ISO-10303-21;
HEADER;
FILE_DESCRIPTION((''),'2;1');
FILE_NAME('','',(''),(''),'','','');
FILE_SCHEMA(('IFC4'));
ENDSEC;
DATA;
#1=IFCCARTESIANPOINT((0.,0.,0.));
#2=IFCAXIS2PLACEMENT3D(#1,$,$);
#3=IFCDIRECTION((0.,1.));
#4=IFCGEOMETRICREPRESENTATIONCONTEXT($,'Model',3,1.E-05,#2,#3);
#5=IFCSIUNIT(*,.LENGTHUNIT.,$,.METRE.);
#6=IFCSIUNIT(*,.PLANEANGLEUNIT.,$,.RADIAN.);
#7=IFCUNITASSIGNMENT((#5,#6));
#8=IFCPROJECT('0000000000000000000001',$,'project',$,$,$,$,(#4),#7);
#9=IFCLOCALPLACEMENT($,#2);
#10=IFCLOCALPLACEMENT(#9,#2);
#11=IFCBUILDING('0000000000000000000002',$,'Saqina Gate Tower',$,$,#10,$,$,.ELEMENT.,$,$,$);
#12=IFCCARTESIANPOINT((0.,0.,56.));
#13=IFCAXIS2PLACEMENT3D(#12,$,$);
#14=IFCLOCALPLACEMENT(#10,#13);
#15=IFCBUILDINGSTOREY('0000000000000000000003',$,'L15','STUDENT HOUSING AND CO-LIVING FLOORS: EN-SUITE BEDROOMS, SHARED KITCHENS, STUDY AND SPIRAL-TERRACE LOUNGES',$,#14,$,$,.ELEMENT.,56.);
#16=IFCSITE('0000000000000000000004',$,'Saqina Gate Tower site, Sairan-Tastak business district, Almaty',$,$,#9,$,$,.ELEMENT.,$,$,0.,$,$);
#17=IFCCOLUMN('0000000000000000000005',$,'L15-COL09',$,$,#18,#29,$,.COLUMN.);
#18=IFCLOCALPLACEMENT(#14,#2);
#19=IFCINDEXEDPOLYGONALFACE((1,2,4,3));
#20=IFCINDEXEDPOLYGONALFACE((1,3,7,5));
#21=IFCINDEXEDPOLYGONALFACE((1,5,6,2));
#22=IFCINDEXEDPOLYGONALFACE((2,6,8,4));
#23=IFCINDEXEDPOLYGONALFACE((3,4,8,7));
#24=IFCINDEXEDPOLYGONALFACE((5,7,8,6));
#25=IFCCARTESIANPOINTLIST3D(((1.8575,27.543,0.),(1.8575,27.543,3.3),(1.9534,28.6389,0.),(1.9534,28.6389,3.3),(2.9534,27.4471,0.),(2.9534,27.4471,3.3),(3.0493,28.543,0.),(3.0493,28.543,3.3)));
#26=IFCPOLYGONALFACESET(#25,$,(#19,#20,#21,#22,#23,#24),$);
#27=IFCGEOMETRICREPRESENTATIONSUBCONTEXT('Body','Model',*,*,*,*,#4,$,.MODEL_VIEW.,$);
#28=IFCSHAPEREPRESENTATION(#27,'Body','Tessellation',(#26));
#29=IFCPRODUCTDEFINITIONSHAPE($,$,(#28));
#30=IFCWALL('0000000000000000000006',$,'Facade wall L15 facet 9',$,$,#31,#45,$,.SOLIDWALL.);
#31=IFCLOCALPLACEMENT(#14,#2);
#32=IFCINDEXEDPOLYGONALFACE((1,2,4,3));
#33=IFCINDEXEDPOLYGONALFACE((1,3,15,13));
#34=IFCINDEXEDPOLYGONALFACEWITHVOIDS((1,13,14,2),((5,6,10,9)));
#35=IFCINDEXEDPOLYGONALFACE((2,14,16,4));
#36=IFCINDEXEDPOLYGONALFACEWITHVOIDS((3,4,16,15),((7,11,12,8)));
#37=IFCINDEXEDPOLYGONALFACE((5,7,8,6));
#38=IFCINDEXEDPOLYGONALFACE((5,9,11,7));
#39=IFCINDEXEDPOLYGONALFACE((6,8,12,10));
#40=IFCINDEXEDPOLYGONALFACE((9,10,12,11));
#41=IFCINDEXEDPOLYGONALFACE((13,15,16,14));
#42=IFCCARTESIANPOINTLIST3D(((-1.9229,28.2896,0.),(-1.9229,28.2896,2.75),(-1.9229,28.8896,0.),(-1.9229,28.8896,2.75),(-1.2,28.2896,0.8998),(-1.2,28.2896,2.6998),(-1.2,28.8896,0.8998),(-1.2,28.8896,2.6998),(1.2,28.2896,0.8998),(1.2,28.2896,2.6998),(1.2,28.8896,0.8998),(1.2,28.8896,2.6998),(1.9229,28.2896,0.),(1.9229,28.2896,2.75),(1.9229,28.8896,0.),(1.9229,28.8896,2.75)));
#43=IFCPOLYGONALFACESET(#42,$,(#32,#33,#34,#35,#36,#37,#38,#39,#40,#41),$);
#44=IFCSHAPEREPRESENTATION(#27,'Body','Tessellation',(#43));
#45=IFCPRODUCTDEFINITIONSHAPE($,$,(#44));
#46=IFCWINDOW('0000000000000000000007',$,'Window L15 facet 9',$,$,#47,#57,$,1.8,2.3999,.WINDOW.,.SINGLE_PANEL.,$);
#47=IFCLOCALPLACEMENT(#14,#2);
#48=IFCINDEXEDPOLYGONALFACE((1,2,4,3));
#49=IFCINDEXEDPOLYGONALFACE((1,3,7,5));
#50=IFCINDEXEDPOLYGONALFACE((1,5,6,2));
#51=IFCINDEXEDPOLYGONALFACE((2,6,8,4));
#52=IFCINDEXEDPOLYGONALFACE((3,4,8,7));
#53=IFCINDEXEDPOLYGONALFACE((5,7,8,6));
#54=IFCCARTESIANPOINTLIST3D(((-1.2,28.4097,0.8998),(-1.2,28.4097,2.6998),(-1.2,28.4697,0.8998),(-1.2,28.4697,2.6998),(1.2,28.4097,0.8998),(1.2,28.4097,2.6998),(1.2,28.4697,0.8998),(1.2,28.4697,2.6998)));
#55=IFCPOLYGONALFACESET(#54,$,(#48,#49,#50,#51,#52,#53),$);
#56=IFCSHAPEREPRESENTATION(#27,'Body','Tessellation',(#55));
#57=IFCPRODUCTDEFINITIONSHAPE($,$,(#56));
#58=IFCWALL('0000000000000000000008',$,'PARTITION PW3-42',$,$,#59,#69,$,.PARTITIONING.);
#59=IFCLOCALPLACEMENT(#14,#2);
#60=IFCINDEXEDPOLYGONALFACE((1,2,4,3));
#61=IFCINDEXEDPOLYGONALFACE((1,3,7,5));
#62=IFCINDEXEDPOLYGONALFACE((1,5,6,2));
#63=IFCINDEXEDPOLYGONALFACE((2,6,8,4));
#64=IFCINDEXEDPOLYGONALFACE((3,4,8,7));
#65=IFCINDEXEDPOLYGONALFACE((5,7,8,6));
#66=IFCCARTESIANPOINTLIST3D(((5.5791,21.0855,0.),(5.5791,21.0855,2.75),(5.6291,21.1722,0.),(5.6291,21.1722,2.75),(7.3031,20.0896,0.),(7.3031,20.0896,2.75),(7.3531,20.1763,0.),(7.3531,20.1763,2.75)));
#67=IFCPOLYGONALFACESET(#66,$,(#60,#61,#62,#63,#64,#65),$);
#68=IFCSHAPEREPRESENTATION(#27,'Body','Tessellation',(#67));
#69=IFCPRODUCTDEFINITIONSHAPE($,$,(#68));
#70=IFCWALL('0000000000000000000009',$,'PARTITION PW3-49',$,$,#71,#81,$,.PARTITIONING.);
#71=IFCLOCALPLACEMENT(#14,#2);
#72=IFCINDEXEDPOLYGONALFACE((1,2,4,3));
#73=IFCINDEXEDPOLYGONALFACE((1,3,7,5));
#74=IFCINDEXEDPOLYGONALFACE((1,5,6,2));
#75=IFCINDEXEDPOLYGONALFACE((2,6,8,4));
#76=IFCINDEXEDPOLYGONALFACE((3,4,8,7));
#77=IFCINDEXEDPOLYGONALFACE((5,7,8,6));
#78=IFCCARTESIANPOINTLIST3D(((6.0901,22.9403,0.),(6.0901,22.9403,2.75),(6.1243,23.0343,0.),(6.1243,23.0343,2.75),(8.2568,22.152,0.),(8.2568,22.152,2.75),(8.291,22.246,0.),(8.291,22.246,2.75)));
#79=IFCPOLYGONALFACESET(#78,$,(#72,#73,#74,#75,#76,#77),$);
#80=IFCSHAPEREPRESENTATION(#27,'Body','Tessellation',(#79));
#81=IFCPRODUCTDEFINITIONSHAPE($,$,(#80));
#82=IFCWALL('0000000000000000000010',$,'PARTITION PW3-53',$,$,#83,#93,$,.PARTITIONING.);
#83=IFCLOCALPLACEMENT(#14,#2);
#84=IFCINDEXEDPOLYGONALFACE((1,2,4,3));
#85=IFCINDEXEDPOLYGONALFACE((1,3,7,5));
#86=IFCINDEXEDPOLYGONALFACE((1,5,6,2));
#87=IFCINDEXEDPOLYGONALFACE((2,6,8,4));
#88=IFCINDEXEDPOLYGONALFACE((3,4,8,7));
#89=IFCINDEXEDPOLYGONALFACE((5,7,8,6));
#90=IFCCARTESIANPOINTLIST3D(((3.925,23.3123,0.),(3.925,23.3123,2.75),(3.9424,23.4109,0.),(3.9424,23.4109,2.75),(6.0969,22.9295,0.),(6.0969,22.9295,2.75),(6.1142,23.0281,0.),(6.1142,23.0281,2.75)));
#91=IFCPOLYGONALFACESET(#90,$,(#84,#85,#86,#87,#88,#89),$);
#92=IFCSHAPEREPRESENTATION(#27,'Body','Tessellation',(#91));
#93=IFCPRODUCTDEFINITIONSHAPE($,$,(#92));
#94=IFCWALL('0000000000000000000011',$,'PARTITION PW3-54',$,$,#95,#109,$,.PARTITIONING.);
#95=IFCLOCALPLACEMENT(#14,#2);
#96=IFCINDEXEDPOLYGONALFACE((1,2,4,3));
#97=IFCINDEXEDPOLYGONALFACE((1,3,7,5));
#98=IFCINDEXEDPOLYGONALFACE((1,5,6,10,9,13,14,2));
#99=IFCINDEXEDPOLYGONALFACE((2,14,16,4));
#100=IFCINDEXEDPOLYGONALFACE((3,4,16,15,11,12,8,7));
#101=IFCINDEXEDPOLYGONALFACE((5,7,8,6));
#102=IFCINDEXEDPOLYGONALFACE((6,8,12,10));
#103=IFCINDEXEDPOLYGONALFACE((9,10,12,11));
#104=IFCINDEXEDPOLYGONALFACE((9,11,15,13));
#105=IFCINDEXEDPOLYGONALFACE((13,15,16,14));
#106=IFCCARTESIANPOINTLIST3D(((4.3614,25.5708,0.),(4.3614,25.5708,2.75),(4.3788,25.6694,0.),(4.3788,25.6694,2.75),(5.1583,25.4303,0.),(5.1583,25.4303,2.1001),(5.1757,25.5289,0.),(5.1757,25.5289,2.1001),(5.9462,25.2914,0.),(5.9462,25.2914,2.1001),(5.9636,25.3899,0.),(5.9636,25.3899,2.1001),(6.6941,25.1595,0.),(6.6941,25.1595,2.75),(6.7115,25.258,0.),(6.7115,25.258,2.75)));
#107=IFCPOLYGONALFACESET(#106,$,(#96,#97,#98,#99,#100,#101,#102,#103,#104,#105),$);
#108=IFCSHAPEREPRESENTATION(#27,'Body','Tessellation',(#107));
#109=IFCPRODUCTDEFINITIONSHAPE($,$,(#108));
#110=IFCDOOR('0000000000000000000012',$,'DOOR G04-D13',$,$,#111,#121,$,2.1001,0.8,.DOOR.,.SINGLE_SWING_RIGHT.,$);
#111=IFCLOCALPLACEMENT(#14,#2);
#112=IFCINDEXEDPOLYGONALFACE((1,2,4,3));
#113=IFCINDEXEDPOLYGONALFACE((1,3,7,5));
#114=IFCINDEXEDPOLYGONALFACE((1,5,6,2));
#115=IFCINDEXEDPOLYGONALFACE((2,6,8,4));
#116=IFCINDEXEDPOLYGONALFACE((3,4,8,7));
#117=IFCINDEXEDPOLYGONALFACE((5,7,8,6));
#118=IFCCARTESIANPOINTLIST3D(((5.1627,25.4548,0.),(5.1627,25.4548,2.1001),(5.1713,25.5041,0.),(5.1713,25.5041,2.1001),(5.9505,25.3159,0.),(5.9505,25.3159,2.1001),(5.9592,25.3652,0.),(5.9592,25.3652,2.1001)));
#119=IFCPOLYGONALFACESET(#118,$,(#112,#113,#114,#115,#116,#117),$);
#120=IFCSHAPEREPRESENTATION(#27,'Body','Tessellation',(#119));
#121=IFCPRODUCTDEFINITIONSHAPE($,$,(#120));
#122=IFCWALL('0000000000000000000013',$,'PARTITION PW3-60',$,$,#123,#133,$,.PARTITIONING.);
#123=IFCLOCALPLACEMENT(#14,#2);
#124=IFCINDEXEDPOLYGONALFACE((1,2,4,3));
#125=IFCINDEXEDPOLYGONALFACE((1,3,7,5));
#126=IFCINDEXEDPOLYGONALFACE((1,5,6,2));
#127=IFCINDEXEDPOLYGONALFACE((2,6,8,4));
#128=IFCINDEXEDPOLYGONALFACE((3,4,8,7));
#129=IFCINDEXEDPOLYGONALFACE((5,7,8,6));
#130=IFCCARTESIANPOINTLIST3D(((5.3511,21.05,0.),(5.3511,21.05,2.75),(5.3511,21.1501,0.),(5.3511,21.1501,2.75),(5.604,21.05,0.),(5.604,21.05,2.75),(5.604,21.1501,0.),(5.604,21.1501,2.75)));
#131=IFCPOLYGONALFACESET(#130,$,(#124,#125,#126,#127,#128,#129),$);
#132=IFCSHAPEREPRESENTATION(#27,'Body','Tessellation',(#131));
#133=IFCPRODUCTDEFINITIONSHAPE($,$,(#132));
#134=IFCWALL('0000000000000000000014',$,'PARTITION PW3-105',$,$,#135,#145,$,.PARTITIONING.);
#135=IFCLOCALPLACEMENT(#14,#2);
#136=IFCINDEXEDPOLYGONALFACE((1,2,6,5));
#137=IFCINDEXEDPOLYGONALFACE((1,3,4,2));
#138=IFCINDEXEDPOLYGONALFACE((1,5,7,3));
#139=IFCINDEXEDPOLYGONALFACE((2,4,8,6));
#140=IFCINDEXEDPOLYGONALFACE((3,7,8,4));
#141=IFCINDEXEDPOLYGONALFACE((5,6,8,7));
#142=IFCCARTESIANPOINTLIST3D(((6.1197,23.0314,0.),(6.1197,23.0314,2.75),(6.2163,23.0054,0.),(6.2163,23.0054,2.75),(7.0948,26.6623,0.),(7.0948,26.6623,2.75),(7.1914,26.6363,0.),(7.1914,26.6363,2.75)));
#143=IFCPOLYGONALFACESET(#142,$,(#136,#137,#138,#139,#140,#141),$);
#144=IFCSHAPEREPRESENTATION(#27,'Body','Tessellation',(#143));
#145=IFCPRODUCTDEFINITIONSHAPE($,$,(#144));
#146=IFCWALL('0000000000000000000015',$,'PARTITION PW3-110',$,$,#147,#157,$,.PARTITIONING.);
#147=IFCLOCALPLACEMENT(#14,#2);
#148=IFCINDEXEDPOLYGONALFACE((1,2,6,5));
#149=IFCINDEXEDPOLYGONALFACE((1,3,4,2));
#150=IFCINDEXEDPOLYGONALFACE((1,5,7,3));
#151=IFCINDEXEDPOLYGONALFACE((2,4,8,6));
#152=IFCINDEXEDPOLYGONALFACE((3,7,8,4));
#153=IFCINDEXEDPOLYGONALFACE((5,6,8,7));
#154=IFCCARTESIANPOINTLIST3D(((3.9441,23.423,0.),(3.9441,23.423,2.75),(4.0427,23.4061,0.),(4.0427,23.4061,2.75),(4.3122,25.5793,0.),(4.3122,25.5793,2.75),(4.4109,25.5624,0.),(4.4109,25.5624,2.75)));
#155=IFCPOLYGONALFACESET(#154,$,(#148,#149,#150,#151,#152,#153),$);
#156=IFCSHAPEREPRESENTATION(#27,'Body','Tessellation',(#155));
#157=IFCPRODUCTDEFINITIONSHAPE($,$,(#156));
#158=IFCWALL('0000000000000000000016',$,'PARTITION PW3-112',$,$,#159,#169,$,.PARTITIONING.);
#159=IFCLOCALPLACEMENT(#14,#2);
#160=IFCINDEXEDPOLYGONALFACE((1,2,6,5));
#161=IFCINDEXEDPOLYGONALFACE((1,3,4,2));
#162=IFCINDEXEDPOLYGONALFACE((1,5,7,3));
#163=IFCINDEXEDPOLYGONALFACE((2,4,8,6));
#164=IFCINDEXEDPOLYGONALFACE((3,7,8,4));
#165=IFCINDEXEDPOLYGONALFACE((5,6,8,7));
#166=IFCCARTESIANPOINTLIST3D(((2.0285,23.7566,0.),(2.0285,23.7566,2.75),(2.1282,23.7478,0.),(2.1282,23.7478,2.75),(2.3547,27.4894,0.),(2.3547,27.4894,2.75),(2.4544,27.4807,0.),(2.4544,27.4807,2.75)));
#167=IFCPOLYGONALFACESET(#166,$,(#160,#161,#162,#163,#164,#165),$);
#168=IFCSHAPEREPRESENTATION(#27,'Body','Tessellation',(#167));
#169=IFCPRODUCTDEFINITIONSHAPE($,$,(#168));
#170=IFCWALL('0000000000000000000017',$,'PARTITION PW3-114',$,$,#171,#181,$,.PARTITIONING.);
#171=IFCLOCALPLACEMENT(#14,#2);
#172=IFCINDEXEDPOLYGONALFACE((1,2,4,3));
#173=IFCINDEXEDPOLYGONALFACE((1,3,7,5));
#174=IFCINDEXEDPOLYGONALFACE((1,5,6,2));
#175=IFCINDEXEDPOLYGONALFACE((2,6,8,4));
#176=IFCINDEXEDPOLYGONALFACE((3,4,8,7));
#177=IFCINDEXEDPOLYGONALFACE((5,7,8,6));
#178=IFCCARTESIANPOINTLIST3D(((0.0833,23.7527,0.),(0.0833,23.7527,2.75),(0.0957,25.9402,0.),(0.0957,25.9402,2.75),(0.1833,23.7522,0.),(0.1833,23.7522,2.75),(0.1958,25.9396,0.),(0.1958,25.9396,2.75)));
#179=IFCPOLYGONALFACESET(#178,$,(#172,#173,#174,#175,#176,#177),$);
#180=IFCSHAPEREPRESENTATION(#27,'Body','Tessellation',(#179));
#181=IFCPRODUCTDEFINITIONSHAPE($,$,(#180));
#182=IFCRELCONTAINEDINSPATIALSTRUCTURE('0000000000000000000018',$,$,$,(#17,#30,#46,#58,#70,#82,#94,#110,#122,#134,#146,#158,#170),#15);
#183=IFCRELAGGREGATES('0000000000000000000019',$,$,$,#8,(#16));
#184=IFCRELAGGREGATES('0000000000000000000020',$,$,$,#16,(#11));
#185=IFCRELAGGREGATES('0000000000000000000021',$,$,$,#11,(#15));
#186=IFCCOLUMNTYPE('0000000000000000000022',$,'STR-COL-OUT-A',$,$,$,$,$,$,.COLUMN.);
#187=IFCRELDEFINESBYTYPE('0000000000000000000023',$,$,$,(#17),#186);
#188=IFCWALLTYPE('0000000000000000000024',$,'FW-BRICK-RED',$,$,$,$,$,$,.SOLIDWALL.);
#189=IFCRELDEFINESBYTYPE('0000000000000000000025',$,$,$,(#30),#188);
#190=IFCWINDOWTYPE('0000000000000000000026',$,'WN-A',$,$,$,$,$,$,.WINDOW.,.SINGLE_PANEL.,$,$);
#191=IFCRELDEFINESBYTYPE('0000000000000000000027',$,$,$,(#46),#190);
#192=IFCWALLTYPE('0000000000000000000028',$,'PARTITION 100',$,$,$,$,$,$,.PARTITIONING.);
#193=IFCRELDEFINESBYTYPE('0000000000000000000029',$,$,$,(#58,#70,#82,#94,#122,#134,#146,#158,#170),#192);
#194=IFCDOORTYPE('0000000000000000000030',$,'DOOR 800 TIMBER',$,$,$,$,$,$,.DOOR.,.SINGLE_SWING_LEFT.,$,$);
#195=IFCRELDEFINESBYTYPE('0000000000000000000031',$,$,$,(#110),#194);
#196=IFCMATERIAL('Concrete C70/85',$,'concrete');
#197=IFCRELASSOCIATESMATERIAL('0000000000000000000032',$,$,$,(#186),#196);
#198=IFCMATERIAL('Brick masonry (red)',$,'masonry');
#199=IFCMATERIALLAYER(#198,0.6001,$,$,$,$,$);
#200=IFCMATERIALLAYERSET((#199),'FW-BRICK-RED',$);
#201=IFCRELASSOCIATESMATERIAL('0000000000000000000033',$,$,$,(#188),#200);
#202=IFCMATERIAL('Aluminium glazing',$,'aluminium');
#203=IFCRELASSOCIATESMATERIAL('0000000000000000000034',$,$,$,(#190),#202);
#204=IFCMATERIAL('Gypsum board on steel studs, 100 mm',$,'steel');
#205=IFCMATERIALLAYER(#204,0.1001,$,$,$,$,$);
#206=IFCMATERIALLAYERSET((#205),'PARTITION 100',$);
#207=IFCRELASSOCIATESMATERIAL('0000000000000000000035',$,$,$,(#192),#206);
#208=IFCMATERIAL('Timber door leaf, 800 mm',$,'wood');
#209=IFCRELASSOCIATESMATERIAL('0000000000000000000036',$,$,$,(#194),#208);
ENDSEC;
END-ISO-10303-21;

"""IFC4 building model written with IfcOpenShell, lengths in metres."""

from ifc_helpers import new_model, si_unit, direction, frame, frame_2d, origin, origin_2d, place, context, subcontext, project, spatial, rectangle, extrude, material, layer, layer_set, material_profile, profile_set, type_object, element, fill, save


model = new_model("IFC4")

# Units and contexts
model_context = context("Model", 3, precision=1e-05, world=origin(), true_north=direction((0.0, 1.0)))
body_context = subcontext(model_context, "Body", "Model", "MODEL_VIEW")
ifc_project = project(units=[si_unit("LENGTHUNIT", "METRE"), si_unit("PLANEANGLEUNIT", "RADIAN")], contexts=[model_context])

# Site, building, storey
site_placement = place(None, origin())
site = spatial("IfcSite", under=ifc_project, at=site_placement, Name="Saqina Gate Tower site, Sairan-Tastak business district, Almaty", CompositionType="ELEMENT", RefElevation=0.0)
building_placement = place(site_placement, origin())
building = spatial("IfcBuilding", under=site, at=building_placement, Name="Saqina Gate Tower", CompositionType="ELEMENT")
storey_placement = place(building_placement, frame((0.0, 0.0, 56.0)))
storey = spatial("IfcBuildingStorey", under=building, at=storey_placement, Name="L15", Description="STUDENT HOUSING AND CO-LIVING FLOORS: EN-SUITE BEDROOMS, SHARED KITCHENS, STUDY AND SPIRAL-TERRACE LOUNGES", CompositionType="ELEMENT", Elevation=56.0)

# Column
ifc_material_1 = material(Name="Concrete C70/85", Category="concrete")
ifc_material_profile = material_profile(ifc_material_1, rectangle(XDim=1.1001, YDim=1.1001, at=origin_2d()), Name="RC 1100x1100")
ifc_profile_set = profile_set([ifc_material_profile], Name="Concrete C70/85")
column_type = type_object("IfcColumnType", Name="STR-COL-OUT-A", PredefinedType="COLUMN", material=ifc_profile_set)
column_placement = place(storey_placement, frame((2.4534, 28.043, 0.0), z_axis=(0.0, 0.0, 1.0), x_axis=(0.087156, 0.996195, 0.0)))
element("IfcColumn", 1, at=column_placement, inside=storey, type_object=column_type, Name="L15-COL09", PredefinedType="COLUMN", context=body_context, shape_type="SweptSolid", body=[
    extrude(rectangle(XDim=1.1001, YDim=1.1001, at=origin_2d()), origin(), (0.0, 0.0, 1.0), 3.3),
])

# Wall, opening, window
ifc_material_2 = material(Name="Brick masonry (red)", Category="masonry")
ifc_layer_1 = layer(ifc_material_2, 0.6001)
ifc_layer_set_1 = layer_set([ifc_layer_1], Name="FW-BRICK-RED")
wall_type_1 = type_object("IfcWallType", Name="FW-BRICK-RED", PredefinedType="SOLIDWALL", material=ifc_layer_set_1)
wall_1_placement = place(storey_placement, frame((1.9229, 28.5896, 0.0), z_axis=(0.0, 0.0, 1.0), x_axis=(-1.0, 0.0, 0.0)))
wall_1 = element("IfcWall", 2, at=wall_1_placement, inside=storey, type_object=wall_type_1, Name="Facade wall L15 facet 9", PredefinedType="SOLIDWALL", context=body_context, shape_type="SweptSolid", body=[
    extrude(rectangle(XDim=3.8457, YDim=0.6001, at=frame_2d((1.9229, 0.0))), origin(), (0.0, 0.0, 1.0), 2.75),
])
opening_1_placement = place(wall_1_placement, frame((0.7229, 0.0, 0.8999)))
opening_1 = element("IfcOpeningElement", 3, at=opening_1_placement, cuts=wall_1, PredefinedType="OPENING", context=body_context, shape_type="SweptSolid", body=[
    extrude(rectangle(XDim=2.3999, YDim=1.8, at=frame_2d((1.2, 0.8999))), frame((0.0, 0.312, 0.0), z_axis=(0.0, -1.0, 0.0), x_axis=(1.0, 0.0, 0.0)), (0.0, 0.0, 1.0), 0.624),
])
ifc_material_3 = material(Name="Aluminium glazing", Category="aluminium")
window_type = type_object("IfcWindowType", Name="WN-A", PartitioningType="SINGLE_PANEL", PredefinedType="WINDOW", material=ifc_material_3)
window_placement = place(opening_1_placement, origin())
window = element("IfcWindow", 4, at=window_placement, inside=storey, type_object=window_type, Name="Window L15 facet 9", OverallHeight=1.8, OverallWidth=2.3999, PartitioningType="SINGLE_PANEL", PredefinedType="WINDOW", context=body_context, shape_type="SweptSolid", body=[
    extrude(rectangle(XDim=2.3999, YDim=1.8, at=frame_2d((1.2, 0.8999))), frame((0.0, 0.1799, 0.0), z_axis=(0.0, -1.0, 0.0), x_axis=(1.0, 0.0, 0.0)), (0.0, 0.0, 1.0), 0.0601),
])
fill(opening_1, window)

# Walls
ifc_material_4 = material(Name="Gypsum board on steel studs, 100 mm", Category="steel")
ifc_layer_2 = layer(ifc_material_4, 0.1001)
ifc_layer_set_2 = layer_set([ifc_layer_2], Name="PARTITION 100")
wall_type_2 = type_object("IfcWallType", Name="PARTITION 100", PredefinedType="PARTITIONING", material=ifc_layer_set_2)
wall_2_placement = place(storey_placement, frame((5.604, 21.1289, 0.0), z_axis=(0.0, 0.0, 1.0), x_axis=(0.865902, -0.500214, 0.0)))
element("IfcWall", 5, at=wall_2_placement, inside=storey, type_object=wall_type_2, Name="PARTITION PW3-42", PredefinedType="PARTITIONING", context=body_context, shape_type="SweptSolid", body=[
    extrude(rectangle(XDim=1.991, YDim=0.1001, at=frame_2d((0.9956, 0.0))), origin(), (0.0, 0.0, 1.0), 2.75),
])
wall_3_placement = place(storey_placement, frame((6.1072, 22.9873, 0.0), z_axis=(0.0, 0.0, 1.0), x_axis=(0.939735, -0.341905, 0.0)))
element("IfcWall", 6, at=wall_3_placement, inside=storey, type_object=wall_type_2, Name="PARTITION PW3-49", PredefinedType="PARTITIONING", context=body_context, shape_type="SweptSolid", body=[
    extrude(rectangle(XDim=2.3057, YDim=0.1001, at=frame_2d((1.1528, 0.0))), origin(), (0.0, 0.0, 1.0), 2.75),
])
wall_4_placement = place(storey_placement, frame((3.9338, 23.3616, 0.0), z_axis=(0.0, 0.0, 1.0), x_axis=(0.984819, -0.173583, 0.0)))
element("IfcWall", 7, at=wall_4_placement, inside=storey, type_object=wall_type_2, Name="PARTITION PW3-53", PredefinedType="PARTITIONING", context=body_context, shape_type="SweptSolid", body=[
    extrude(rectangle(XDim=2.2053, YDim=0.1001, at=frame_2d((1.1025, 0.0))), origin(), (0.0, 0.0, 1.0), 2.75),
])

# Wall, opening, door
wall_5_placement = place(storey_placement, frame((4.3701, 25.6201, 0.0), z_axis=(0.0, 0.0, 1.0), x_axis=(0.984804, -0.173668, 0.0)))
wall_5 = element("IfcWall", 8, at=wall_5_placement, inside=storey, type_object=wall_type_2, Name="PARTITION PW3-54", PredefinedType="PARTITIONING", context=body_context, shape_type="SweptSolid", body=[
    extrude(rectangle(XDim=2.3687, YDim=0.1001, at=frame_2d((1.1843, 0.0))), origin(), (0.0, 0.0, 1.0), 2.75),
])
opening_2_placement = place(wall_5_placement, frame((0.8093, 0.0, 0.0)))
opening_2 = element("IfcOpeningElement", 9, at=opening_2_placement, cuts=wall_5, PredefinedType="OPENING", context=body_context, shape_type="SweptSolid", body=[
    extrude(rectangle(XDim=0.8, YDim=2.1001, at=frame_2d((0.3999, 1.05))), frame((0.0, 0.062, 0.0), z_axis=(0.0, -1.0, 0.0), x_axis=(1.0, 0.0, 0.0)), (0.0, 0.0, 1.0), 0.124),
])
ifc_material_5 = material(Name="Timber door leaf, 800 mm", Category="wood")
door_type_1 = type_object("IfcDoorType", Name="DOOR 800 TIMBER", OperationType="SINGLE_SWING_LEFT", PredefinedType="DOOR", material=ifc_material_5)
door_1_placement = place(opening_2_placement, origin())
door_1 = element("IfcDoor", 10, at=door_1_placement, inside=storey, type_object=door_type_1, Name="DOOR G04-D13", OperationType="SINGLE_SWING_RIGHT", OverallHeight=2.1001, OverallWidth=0.8, PredefinedType="DOOR", context=body_context, shape_type="SweptSolid", body=[
    extrude(rectangle(XDim=0.8, YDim=2.1001, at=frame_2d((0.3999, 1.05))), frame((0.0, 0.0249, 0.0), z_axis=(0.0, -1.0, 0.0), x_axis=(1.0, 0.0, 0.0)), (0.0, 0.0, 1.0), 0.05),
])
fill(opening_2, door_1)

# Walls
wall_6_placement = place(storey_placement, frame((5.3511, 21.1001, 0.0), z_axis=(0.0, 0.0, 1.0), x_axis=(1.0, 0.0, 0.0)))
element("IfcWall", 11, at=wall_6_placement, inside=storey, type_object=wall_type_2, Name="PARTITION PW3-60", PredefinedType="PARTITIONING", context=body_context, shape_type="SweptSolid", body=[
    extrude(rectangle(XDim=0.2529, YDim=0.1001, at=frame_2d((0.1265, 0.0))), origin(), (0.0, 0.0, 1.0), 2.75),
])
wall_7_placement = place(storey_placement, frame((6.168, 23.0183, 0.0), z_axis=(0.0, 0.0, 1.0), x_axis=(0.259368, 0.965779, 0.0)))
element("IfcWall", 12, at=wall_7_placement, inside=storey, type_object=wall_type_2, Name="PARTITION PW3-105", PredefinedType="PARTITIONING", context=body_context, shape_type="SweptSolid", body=[
    extrude(rectangle(XDim=3.7595, YDim=0.1001, at=frame_2d((1.8799, 0.0))), origin(), (0.0, 0.0, 1.0), 2.75),
])
wall_8_placement = place(storey_placement, frame((3.9934, 23.4146, 0.0), z_axis=(0.0, 0.0, 1.0), x_axis=(0.168307, 0.985735, 0.0)))
element("IfcWall", 13, at=wall_8_placement, inside=storey, type_object=wall_type_2, Name="PARTITION PW3-110", PredefinedType="PARTITIONING", context=body_context, shape_type="SweptSolid", body=[
    extrude(rectangle(XDim=2.1875, YDim=0.1001, at=frame_2d((1.0938, 0.0))), origin(), (0.0, 0.0, 1.0), 2.75),
])
wall_9_placement = place(storey_placement, frame((2.0784, 23.7522, 0.0), z_axis=(0.0, 0.0, 1.0), x_axis=(0.087046, 0.996204, 0.0)))
element("IfcWall", 14, at=wall_9_placement, inside=storey, type_object=wall_type_2, Name="PARTITION PW3-112", PredefinedType="PARTITIONING", context=body_context, shape_type="SweptSolid", body=[
    extrude(rectangle(XDim=3.7471, YDim=0.1001, at=frame_2d((1.8735, 0.0))), origin(), (0.0, 0.0, 1.0), 2.75),
])
wall_10_placement = place(storey_placement, frame((0.1333, 23.7524, 0.0), z_axis=(0.0, 0.0, 1.0), x_axis=(0.005692, 0.999984, 0.0)))
element("IfcWall", 15, at=wall_10_placement, inside=storey, type_object=wall_type_2, Name="PARTITION PW3-114", PredefinedType="PARTITIONING", context=body_context, shape_type="SweptSolid", body=[
    extrude(rectangle(XDim=2.1875, YDim=0.1001, at=frame_2d((1.0938, 0.0))), origin(), (0.0, 0.0, 1.0), 2.75),
])

save(model, "model.ifc")
